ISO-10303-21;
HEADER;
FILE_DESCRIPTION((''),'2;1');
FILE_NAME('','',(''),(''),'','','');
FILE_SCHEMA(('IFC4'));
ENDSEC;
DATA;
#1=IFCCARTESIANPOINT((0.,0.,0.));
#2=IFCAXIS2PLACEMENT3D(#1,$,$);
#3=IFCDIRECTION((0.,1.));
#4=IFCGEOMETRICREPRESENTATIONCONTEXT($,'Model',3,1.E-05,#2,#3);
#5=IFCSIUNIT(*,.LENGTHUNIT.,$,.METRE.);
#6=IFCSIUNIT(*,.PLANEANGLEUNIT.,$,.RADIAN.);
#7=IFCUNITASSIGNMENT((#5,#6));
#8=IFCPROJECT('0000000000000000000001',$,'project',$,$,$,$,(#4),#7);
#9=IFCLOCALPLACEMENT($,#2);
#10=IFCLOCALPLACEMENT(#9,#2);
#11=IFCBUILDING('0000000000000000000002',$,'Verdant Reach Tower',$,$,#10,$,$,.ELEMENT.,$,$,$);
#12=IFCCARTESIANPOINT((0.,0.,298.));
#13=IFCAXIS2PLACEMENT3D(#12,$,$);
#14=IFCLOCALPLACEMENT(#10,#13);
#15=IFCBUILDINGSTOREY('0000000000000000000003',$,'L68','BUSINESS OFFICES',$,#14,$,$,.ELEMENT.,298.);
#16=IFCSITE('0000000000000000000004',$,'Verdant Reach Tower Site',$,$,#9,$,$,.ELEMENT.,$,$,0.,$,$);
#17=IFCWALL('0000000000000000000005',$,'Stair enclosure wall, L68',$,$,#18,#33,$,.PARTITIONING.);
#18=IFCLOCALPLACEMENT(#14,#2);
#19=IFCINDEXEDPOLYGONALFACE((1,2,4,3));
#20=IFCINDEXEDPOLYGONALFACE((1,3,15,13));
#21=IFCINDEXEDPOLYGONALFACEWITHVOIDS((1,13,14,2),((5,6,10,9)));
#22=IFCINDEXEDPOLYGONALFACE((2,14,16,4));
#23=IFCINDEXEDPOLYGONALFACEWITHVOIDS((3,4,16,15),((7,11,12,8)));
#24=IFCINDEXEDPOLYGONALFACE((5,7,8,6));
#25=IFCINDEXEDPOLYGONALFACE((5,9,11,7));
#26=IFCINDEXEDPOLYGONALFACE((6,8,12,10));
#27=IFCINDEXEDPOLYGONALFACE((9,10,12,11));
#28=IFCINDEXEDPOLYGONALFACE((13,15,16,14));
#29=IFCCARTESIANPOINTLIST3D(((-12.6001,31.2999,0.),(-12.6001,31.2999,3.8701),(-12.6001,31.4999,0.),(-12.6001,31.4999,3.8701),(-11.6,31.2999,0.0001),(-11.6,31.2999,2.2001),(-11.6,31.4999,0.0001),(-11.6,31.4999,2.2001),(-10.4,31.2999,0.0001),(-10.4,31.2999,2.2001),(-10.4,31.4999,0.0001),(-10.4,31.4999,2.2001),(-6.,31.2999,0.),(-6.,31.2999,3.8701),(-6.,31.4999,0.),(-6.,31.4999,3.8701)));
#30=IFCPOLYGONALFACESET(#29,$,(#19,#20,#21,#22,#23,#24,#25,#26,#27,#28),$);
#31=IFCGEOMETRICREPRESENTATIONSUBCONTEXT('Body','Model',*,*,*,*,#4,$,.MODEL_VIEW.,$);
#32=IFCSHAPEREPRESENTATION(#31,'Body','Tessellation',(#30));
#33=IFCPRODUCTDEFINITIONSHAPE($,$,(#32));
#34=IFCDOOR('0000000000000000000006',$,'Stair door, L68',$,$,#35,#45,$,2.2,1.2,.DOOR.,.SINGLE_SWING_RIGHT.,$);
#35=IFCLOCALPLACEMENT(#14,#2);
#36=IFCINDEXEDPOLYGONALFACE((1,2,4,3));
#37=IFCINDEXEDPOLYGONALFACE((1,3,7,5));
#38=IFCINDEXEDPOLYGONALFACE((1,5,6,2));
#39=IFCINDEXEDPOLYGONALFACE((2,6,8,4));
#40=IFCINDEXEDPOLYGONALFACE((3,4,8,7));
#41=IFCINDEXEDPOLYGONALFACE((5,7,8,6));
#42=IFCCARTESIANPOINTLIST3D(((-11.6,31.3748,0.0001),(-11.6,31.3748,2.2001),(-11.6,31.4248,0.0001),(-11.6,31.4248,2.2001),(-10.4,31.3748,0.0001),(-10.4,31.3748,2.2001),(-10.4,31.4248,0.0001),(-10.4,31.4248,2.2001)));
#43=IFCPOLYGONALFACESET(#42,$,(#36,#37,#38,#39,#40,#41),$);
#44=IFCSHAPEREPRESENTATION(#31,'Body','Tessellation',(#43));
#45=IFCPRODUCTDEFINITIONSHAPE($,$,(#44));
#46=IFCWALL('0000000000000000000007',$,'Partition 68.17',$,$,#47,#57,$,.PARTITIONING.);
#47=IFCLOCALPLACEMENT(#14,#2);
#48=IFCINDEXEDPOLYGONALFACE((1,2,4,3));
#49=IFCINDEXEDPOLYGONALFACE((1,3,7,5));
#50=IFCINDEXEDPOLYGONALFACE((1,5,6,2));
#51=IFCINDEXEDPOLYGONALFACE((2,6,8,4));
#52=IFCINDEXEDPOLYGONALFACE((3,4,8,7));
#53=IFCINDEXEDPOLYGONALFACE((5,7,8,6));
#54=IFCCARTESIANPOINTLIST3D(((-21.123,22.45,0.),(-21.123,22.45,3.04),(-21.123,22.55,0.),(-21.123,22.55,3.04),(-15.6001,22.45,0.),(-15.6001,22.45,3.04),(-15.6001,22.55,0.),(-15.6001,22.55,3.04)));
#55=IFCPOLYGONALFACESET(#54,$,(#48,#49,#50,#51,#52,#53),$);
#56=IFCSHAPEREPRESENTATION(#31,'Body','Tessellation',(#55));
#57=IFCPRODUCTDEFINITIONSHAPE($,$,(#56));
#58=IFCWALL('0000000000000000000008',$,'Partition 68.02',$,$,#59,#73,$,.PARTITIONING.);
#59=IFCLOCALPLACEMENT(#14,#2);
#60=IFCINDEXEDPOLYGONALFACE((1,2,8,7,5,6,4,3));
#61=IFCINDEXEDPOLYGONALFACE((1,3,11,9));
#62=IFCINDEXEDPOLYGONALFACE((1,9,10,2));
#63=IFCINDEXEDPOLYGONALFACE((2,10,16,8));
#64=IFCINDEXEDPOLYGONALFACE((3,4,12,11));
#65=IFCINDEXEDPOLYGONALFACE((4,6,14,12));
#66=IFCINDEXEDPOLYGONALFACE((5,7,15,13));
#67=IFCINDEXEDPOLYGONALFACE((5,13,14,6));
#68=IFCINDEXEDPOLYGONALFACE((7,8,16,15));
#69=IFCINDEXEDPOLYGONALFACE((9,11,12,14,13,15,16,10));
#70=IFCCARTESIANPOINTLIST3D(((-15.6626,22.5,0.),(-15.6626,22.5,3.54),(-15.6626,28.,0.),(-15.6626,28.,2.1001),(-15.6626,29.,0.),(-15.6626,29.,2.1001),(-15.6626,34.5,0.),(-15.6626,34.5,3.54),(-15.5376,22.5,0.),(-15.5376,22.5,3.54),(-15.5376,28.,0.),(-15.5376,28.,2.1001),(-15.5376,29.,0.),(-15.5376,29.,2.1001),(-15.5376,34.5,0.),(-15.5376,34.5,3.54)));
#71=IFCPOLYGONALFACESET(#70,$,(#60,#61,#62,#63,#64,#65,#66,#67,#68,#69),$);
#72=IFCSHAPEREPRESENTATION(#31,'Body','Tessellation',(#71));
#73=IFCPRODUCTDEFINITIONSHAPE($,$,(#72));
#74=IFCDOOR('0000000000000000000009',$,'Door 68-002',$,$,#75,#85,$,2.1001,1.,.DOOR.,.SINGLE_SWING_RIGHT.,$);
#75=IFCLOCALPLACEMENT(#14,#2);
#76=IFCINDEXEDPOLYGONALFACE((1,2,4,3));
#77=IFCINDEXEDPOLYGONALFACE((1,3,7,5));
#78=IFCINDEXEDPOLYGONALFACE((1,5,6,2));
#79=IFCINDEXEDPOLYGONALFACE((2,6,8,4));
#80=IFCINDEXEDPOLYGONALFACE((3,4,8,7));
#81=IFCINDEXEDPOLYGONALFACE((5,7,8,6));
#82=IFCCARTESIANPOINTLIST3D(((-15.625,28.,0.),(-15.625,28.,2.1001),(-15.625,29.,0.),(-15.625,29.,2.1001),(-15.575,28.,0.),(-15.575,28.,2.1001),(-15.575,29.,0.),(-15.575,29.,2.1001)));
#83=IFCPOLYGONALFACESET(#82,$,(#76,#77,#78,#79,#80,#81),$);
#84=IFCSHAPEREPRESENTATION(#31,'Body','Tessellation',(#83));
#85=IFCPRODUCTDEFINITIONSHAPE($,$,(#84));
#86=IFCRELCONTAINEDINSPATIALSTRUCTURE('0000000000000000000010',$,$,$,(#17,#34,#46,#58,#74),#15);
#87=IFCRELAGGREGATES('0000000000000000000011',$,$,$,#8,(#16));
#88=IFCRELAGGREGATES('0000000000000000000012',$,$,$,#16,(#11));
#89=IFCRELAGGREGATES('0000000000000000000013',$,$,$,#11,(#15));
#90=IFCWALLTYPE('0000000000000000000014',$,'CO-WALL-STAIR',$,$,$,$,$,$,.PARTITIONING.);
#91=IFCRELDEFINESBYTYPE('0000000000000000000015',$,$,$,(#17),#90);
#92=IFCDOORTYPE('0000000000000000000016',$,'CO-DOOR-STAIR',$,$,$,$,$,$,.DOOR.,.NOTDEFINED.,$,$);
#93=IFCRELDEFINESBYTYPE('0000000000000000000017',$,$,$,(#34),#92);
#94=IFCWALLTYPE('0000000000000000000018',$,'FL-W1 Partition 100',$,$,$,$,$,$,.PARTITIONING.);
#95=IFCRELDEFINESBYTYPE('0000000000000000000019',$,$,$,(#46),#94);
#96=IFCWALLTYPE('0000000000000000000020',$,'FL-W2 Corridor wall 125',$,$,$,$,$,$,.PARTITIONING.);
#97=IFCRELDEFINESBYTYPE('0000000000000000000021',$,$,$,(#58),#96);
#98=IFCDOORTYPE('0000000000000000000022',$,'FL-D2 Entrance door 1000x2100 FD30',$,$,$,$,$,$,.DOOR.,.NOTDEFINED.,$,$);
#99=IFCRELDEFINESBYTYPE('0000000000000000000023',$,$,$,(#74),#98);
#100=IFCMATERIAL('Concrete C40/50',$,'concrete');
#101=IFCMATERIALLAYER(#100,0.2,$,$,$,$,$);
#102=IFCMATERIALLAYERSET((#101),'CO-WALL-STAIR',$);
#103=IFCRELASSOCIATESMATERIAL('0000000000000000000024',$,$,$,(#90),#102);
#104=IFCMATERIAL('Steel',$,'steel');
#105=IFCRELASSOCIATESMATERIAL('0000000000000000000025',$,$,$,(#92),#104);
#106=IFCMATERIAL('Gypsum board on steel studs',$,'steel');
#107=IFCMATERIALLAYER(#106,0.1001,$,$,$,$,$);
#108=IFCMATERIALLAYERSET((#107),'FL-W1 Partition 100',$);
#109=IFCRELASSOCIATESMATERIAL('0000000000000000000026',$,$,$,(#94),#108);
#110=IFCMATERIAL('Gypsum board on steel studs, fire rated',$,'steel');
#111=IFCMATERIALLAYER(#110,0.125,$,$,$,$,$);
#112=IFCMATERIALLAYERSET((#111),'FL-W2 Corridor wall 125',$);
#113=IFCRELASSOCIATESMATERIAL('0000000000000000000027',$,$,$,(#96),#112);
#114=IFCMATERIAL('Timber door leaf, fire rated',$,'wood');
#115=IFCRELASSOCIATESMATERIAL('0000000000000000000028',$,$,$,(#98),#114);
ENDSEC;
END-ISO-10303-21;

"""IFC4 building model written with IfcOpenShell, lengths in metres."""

from ifc_helpers import new_model, si_unit, direction, frame, frame_2d, origin, place, context, subcontext, project, spatial, rectangle, extrude, material, layer, layer_set, type_object, element, fill, save


model = new_model("IFC4")

# Units and contexts
model_context = context("Model", 3, precision=1e-05, world=origin(), true_north=direction((0.0, 1.0)))
body_context = subcontext(model_context, "Body", "Model", "MODEL_VIEW")
ifc_project = project(units=[si_unit("LENGTHUNIT", "METRE"), si_unit("PLANEANGLEUNIT", "RADIAN")], contexts=[model_context])

# Site, building, storey
site_placement = place(None, origin())
site = spatial("IfcSite", under=ifc_project, at=site_placement, Name="Verdant Reach Tower Site", CompositionType="ELEMENT", RefElevation=0.0)
building_placement = place(site_placement, origin())
building = spatial("IfcBuilding", under=site, at=building_placement, Name="Verdant Reach Tower", CompositionType="ELEMENT")
storey_placement = place(building_placement, frame((0.0, 0.0, 298.0)))
storey = spatial("IfcBuildingStorey", under=building, at=storey_placement, Name="L68", Description="BUSINESS OFFICES", CompositionType="ELEMENT", Elevation=298.0)

# Shared definitions
ifc_material_1 = material(Name="Gypsum board on steel studs", Category="steel")
ifc_material_2 = material(Name="Concrete C40/50", Category="concrete")
ifc_layer_1 = layer(ifc_material_2, 0.2)
ifc_layer_set_1 = layer_set([ifc_layer_1], Name="CO-WALL-STAIR")
wall_type_1 = type_object("IfcWallType", Name="CO-WALL-STAIR", PredefinedType="PARTITIONING", material=ifc_layer_set_1)

# Wall, opening, door
wall_1_placement = place(storey_placement, frame((-12.6001, 31.3999, 0.0), z_axis=(0.0, 0.0, 1.0), x_axis=(1.0, 0.0, 0.0)))
wall_1 = element("IfcWall", 1, at=wall_1_placement, inside=storey, type_object=wall_type_1, Name="Stair enclosure wall, L68", PredefinedType="PARTITIONING", context=body_context, shape_type="SweptSolid", body=[
    extrude(rectangle(XDim=6.6001, YDim=0.2, at=frame_2d((3.3, 0.0))), origin(), (0.0, 0.0, 1.0), 3.8701),
])
opening_1_placement = place(wall_1_placement, frame((1.0, 0.0, 0.0)))
opening_1 = element("IfcOpeningElement", 2, at=opening_1_placement, cuts=wall_1, PredefinedType="OPENING", context=body_context, shape_type="SweptSolid", body=[
    extrude(rectangle(XDim=1.2, YDim=2.2, at=frame_2d((0.6001, 1.1001))), frame((0.0, 0.1099, 0.0), z_axis=(0.0, -1.0, 0.0), x_axis=(1.0, 0.0, 0.0)), (0.0, 0.0, 1.0), 0.22),
])
ifc_material_3 = material(Name="Steel", Category="steel")
door_type_1 = type_object("IfcDoorType", Name="CO-DOOR-STAIR", OperationType="NOTDEFINED", PredefinedType="DOOR", material=ifc_material_3)
door_1_placement = place(opening_1_placement, origin())
door_1 = element("IfcDoor", 3, at=door_1_placement, inside=storey, type_object=door_type_1, Name="Stair door, L68", OperationType="SINGLE_SWING_RIGHT", OverallHeight=2.2, OverallWidth=1.2, PredefinedType="DOOR", context=body_context, shape_type="SweptSolid", body=[
    extrude(rectangle(XDim=1.2, YDim=2.2, at=frame_2d((0.6001, 1.1001))), frame((0.0, 0.0249, 0.0), z_axis=(0.0, -1.0, 0.0), x_axis=(1.0, 0.0, 0.0)), (0.0, 0.0, 1.0), 0.05),
])
fill(opening_1, door_1)

# Wall
ifc_layer_2 = layer(ifc_material_1, 0.1001)
ifc_layer_set_2 = layer_set([ifc_layer_2], Name="FL-W1 Partition 100")
wall_type_2 = type_object("IfcWallType", Name="FL-W1 Partition 100", PredefinedType="PARTITIONING", material=ifc_layer_set_2)
wall_2_placement = place(storey_placement, frame((-15.6001, 22.5, 0.0), z_axis=(0.0, 0.0, 1.0), x_axis=(-1.0, 0.0, 0.0)))
element("IfcWall", 4, at=wall_2_placement, inside=storey, type_object=wall_type_2, Name="Partition 68.17", PredefinedType="PARTITIONING", context=body_context, shape_type="SweptSolid", body=[
    extrude(rectangle(XDim=5.5229, YDim=0.1001, at=frame_2d((2.7615, 0.0))), origin(), (0.0, 0.0, 1.0), 3.04),
])

# Wall, opening, door
ifc_material_4 = material(Name="Gypsum board on steel studs, fire rated", Category="steel")
ifc_layer_3 = layer(ifc_material_4, 0.125)
ifc_layer_set_3 = layer_set([ifc_layer_3], Name="FL-W2 Corridor wall 125")
wall_type_3 = type_object("IfcWallType", Name="FL-W2 Corridor wall 125", PredefinedType="PARTITIONING", material=ifc_layer_set_3)
wall_3_placement = place(storey_placement, frame((-15.6001, 22.5, 0.0), z_axis=(0.0, 0.0, 1.0), x_axis=(0.0, 1.0, 0.0)))
wall_3 = element("IfcWall", 5, at=wall_3_placement, inside=storey, type_object=wall_type_3, Name="Partition 68.02", PredefinedType="PARTITIONING", context=body_context, shape_type="SweptSolid", body=[
    extrude(rectangle(XDim=12.0, YDim=0.125, at=frame_2d((6.0, 0.0))), origin(), (0.0, 0.0, 1.0), 3.54),
])
opening_2_placement = place(wall_3_placement, frame((5.5, 0.0, 0.0)))
opening_2 = element("IfcOpeningElement", 6, at=opening_2_placement, cuts=wall_3, PredefinedType="OPENING", context=body_context, shape_type="SweptSolid", body=[
    extrude(rectangle(XDim=1.0, YDim=2.1001, at=frame_2d((0.5, 1.05))), frame((0.0, 0.0725, 0.0), z_axis=(0.0, -1.0, 0.0), x_axis=(1.0, 0.0, 0.0)), (0.0, 0.0, 1.0), 0.145),
])
ifc_material_5 = material(Name="Timber door leaf, fire rated", Category="wood")
door_type_2 = type_object("IfcDoorType", Name="FL-D2 Entrance door 1000x2100 FD30", OperationType="NOTDEFINED", PredefinedType="DOOR", material=ifc_material_5)
door_2_placement = place(opening_2_placement, origin())
door_2 = element("IfcDoor", 7, at=door_2_placement, inside=storey, type_object=door_type_2, Name="Door 68-002", OperationType="SINGLE_SWING_RIGHT", OverallHeight=2.1001, OverallWidth=1.0, PredefinedType="DOOR", context=body_context, shape_type="SweptSolid", body=[
    extrude(rectangle(XDim=1.0, YDim=2.1001, at=frame_2d((0.5, 1.05))), frame((0.0, 0.0249, 0.0), z_axis=(0.0, -1.0, 0.0), x_axis=(1.0, 0.0, 0.0)), (0.0, 0.0, 1.0), 0.05),
])
fill(opening_2, door_2)

save(model, "model.ifc")
